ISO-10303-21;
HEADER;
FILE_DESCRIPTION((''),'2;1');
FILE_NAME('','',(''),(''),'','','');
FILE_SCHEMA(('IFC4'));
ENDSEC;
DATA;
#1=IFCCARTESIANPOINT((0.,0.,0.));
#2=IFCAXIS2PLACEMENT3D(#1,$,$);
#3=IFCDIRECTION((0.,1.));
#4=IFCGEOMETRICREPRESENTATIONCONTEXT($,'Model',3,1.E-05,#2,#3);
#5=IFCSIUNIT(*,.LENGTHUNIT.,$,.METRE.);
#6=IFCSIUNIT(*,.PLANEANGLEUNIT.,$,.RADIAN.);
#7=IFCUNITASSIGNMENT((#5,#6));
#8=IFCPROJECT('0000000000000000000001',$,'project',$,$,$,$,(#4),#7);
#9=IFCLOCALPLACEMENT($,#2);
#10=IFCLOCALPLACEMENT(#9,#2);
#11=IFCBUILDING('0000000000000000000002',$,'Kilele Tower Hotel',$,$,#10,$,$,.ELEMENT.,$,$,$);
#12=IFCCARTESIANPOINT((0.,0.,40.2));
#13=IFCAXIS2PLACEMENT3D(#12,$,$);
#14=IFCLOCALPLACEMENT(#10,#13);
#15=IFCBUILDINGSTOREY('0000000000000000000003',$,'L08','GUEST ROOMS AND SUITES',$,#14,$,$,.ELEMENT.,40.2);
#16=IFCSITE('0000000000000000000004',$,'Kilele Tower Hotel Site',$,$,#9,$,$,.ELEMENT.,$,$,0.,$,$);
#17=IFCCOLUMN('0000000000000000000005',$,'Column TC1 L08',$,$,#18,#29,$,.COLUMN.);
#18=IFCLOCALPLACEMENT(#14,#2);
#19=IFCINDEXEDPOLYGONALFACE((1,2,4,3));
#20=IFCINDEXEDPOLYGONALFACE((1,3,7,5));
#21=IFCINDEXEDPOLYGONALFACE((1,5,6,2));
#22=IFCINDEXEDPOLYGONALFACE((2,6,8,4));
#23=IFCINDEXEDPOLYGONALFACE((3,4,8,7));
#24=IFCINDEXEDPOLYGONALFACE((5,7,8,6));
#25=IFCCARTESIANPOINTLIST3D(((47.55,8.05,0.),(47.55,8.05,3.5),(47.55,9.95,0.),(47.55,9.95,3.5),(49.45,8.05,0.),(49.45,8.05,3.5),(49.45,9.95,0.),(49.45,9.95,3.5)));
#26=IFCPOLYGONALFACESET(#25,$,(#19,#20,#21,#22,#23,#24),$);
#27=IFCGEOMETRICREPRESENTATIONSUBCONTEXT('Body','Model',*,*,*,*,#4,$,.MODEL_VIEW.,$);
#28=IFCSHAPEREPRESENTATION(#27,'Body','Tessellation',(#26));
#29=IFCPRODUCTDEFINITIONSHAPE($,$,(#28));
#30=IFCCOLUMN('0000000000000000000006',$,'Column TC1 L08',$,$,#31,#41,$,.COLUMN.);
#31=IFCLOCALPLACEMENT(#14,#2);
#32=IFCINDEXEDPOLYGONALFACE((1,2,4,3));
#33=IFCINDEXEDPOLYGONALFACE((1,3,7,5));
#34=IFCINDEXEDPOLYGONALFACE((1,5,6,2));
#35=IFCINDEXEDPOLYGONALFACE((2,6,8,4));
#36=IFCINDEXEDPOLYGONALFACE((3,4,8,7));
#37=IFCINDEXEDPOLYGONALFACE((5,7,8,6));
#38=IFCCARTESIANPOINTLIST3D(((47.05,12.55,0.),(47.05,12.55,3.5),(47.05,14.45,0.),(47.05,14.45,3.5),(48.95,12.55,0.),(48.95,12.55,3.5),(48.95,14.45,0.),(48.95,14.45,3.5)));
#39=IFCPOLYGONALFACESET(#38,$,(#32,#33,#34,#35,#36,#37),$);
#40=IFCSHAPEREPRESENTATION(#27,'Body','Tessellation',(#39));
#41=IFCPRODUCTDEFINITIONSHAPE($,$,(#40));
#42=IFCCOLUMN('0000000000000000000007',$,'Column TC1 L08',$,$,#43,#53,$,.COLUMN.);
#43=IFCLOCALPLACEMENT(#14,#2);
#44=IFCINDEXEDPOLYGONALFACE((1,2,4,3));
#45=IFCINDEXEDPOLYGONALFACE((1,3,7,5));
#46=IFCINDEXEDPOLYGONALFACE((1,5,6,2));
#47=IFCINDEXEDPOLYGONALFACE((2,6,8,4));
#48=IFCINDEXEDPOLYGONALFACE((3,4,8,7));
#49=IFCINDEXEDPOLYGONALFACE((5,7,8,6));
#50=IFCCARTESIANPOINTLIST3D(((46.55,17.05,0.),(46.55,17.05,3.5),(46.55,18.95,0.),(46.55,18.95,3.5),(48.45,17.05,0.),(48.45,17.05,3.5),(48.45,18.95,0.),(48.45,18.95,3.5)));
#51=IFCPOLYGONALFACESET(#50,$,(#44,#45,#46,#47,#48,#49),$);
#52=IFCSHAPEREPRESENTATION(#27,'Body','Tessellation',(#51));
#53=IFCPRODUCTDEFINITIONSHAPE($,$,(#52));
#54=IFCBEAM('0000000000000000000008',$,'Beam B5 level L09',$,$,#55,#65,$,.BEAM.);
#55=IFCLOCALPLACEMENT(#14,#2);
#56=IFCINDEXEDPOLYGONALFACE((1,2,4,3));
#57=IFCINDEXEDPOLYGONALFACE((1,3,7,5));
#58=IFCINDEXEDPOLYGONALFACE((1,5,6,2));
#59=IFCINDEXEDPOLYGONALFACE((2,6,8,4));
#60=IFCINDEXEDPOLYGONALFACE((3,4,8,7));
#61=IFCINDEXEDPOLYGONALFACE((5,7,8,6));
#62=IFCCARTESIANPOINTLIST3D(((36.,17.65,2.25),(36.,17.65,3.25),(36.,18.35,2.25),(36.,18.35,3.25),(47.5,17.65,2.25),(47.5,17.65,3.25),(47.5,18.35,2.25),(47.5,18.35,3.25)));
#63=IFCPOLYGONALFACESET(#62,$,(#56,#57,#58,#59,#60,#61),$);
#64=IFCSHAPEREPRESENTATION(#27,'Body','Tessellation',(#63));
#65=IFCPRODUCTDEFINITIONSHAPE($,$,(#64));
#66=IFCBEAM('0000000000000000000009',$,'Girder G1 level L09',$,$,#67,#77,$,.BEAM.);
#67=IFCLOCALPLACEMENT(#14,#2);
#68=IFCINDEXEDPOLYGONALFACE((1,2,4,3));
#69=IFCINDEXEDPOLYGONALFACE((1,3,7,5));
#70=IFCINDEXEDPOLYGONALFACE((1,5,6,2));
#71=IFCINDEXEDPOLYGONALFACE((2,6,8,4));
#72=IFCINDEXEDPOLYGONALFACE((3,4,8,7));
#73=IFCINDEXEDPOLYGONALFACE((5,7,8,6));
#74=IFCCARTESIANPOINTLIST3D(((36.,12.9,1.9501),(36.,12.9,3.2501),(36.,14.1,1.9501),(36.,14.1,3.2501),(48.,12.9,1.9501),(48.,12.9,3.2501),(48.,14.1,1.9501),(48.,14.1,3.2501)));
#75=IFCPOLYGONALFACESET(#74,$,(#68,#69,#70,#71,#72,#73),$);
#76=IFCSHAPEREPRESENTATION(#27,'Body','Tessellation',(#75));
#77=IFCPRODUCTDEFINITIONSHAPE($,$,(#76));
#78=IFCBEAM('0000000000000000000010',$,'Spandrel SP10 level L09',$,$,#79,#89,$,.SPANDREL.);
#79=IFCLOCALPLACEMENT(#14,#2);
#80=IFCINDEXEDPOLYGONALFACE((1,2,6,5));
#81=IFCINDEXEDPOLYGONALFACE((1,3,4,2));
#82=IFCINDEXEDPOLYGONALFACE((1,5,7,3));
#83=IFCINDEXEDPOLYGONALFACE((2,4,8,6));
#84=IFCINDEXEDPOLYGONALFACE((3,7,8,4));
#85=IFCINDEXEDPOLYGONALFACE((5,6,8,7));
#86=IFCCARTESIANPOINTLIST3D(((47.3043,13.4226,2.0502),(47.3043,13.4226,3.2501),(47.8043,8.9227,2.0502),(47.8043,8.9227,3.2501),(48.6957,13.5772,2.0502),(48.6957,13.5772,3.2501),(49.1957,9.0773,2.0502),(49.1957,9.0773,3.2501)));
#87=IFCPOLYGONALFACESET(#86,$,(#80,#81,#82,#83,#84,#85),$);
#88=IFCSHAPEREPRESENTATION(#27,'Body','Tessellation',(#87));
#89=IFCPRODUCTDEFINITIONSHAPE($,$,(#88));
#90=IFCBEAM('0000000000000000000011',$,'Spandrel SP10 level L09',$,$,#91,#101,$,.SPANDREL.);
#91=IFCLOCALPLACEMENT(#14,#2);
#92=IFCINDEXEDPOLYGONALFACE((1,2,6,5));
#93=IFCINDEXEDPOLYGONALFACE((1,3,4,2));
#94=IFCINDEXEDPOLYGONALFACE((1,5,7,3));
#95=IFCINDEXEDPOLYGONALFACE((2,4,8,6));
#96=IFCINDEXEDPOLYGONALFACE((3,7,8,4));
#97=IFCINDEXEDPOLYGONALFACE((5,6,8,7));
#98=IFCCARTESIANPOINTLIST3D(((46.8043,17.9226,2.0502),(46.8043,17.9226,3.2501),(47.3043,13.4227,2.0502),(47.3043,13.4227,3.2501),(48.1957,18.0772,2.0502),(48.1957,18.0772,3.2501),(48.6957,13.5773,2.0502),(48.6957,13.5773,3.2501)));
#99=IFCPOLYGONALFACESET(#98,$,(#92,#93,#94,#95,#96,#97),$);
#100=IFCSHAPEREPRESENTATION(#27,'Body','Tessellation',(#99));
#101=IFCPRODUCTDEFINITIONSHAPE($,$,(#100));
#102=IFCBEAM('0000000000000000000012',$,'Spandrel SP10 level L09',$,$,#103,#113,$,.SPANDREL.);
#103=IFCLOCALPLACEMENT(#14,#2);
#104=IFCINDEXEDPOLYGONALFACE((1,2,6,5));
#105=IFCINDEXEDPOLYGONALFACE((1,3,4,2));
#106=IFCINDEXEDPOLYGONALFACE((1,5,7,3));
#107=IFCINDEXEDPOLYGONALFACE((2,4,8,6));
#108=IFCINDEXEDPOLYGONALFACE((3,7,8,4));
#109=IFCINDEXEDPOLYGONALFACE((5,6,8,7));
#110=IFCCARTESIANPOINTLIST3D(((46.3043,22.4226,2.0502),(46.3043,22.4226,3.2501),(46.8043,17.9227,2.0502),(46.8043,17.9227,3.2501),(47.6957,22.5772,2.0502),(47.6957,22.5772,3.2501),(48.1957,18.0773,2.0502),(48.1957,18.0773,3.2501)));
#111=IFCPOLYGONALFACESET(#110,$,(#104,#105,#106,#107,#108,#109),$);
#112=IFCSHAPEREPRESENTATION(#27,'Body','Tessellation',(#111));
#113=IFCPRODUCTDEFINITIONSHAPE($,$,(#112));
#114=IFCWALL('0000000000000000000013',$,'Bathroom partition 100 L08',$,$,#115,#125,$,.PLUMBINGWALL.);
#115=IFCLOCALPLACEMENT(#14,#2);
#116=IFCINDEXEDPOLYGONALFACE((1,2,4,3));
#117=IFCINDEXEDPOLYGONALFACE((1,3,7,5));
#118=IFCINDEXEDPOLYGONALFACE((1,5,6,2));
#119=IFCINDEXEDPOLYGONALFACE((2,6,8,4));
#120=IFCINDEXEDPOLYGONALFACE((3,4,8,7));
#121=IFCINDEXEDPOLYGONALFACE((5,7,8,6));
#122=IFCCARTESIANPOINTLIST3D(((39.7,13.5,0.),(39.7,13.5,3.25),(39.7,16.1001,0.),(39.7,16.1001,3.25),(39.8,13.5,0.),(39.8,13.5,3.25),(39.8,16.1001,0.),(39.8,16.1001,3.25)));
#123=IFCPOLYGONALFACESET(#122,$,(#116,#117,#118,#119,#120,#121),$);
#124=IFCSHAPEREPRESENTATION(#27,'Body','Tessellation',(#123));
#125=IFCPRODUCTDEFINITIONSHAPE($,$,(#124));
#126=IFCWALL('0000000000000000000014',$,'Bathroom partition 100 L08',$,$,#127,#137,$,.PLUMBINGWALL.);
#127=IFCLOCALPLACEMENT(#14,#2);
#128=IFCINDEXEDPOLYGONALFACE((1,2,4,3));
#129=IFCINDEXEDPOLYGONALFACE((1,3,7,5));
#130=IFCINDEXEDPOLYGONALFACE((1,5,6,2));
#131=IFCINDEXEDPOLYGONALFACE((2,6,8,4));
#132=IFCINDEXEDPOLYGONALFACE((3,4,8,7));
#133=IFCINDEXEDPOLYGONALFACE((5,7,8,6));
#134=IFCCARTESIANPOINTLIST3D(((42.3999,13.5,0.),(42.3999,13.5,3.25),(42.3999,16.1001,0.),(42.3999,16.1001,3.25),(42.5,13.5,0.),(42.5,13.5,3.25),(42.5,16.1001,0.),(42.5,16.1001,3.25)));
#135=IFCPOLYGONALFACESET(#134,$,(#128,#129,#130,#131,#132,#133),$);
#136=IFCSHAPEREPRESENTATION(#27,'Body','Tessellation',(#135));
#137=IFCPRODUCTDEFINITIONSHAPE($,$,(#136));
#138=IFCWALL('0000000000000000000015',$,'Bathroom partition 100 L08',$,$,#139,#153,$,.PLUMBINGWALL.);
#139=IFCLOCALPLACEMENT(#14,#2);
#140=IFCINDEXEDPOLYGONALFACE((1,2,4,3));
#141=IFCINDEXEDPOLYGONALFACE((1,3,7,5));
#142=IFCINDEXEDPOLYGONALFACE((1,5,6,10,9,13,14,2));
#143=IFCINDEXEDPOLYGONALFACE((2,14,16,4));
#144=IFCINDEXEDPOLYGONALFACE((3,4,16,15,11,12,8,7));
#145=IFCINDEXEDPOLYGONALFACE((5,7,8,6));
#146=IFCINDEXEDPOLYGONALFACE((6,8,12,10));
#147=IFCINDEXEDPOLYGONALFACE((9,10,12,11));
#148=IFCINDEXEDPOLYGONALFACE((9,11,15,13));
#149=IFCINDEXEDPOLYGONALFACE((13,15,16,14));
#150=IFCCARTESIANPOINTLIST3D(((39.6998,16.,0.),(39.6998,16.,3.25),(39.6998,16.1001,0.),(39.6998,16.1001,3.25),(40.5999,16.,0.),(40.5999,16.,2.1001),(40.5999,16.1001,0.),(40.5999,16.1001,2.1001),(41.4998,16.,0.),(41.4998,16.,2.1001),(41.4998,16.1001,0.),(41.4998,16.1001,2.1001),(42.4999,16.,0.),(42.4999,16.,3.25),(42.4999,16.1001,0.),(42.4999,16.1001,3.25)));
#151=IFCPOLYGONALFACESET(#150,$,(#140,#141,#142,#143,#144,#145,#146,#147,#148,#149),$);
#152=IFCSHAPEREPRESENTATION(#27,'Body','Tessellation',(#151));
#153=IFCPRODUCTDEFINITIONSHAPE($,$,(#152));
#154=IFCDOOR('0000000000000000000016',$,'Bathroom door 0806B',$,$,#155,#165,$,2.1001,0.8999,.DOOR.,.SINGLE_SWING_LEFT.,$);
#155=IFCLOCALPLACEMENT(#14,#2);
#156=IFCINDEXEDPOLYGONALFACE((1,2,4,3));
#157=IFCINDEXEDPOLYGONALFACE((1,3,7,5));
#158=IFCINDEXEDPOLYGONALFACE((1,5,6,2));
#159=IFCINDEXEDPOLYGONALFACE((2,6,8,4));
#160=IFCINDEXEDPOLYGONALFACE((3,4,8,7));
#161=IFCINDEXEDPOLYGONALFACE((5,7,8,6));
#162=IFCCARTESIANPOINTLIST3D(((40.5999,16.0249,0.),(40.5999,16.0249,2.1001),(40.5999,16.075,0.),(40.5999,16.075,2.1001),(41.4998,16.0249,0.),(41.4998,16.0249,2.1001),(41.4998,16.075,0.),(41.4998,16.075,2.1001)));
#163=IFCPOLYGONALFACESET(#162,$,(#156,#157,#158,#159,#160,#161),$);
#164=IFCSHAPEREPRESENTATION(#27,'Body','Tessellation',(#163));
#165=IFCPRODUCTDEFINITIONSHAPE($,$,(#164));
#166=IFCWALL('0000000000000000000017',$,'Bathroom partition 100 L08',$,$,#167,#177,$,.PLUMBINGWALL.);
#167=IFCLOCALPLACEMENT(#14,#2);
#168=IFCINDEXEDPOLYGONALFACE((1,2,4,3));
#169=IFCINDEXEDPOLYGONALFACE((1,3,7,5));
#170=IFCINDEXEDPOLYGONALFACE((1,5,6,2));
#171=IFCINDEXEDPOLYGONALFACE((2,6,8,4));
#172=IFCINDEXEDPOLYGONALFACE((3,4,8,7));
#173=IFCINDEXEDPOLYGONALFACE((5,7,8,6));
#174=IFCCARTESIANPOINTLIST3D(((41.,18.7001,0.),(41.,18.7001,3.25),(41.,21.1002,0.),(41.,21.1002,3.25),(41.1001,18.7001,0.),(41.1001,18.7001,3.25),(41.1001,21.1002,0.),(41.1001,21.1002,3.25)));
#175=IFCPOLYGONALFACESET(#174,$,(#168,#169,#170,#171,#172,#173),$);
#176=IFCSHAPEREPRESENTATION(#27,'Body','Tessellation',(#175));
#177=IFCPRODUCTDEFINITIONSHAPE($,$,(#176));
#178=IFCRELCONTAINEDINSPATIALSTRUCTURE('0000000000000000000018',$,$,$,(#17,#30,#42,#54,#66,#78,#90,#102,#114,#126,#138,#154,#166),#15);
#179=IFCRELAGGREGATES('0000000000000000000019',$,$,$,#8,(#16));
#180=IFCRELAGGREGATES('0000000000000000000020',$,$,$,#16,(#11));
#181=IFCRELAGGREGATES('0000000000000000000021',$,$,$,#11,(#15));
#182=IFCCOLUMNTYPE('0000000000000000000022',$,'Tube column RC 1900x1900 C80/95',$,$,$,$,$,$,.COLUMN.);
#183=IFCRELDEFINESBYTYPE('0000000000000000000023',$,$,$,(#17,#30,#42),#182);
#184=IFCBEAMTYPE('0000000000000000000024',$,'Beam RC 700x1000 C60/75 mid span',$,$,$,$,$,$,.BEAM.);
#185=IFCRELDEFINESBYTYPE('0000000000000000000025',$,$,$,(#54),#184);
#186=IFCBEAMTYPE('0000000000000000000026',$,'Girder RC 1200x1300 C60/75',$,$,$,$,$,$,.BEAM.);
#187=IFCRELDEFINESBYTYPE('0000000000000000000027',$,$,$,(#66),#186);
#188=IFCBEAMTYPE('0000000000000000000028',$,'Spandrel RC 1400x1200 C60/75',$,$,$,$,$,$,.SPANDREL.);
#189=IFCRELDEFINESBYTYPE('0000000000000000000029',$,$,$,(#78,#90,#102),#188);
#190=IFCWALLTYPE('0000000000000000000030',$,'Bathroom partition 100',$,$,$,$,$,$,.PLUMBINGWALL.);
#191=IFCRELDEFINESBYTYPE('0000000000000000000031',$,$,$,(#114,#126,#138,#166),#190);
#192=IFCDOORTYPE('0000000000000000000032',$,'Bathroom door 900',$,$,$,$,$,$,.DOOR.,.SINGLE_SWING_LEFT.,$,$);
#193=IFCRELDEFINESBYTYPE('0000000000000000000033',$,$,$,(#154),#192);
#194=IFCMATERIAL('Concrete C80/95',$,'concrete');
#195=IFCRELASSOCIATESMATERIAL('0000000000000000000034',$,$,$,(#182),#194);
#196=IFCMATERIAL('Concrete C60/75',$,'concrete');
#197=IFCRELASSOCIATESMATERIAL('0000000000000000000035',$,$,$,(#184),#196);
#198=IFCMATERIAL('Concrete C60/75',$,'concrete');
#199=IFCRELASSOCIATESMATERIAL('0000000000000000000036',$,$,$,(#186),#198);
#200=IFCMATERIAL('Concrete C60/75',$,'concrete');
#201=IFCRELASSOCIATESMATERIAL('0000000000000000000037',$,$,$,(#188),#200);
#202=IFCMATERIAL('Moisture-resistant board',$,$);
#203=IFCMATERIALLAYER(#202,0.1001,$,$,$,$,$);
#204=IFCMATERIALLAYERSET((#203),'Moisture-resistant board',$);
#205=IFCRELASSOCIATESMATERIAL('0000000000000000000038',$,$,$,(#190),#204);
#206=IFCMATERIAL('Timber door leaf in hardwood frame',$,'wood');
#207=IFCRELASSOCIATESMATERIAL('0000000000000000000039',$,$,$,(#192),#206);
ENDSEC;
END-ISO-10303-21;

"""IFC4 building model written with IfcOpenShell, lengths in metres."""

from ifc_helpers import new_model, si_unit, direction, frame, frame_2d, origin, origin_2d, place, context, subcontext, project, spatial, rectangle, extrude, material, layer, layer_set, material_profile, profile_set, type_object, element, fill, save


model = new_model("IFC4")

# Units and contexts
model_context = context("Model", 3, precision=1e-05, world=origin(), true_north=direction((0.0, 1.0)))
body_context = subcontext(model_context, "Body", "Model", "MODEL_VIEW")
ifc_project = project(units=[si_unit("LENGTHUNIT", "METRE"), si_unit("PLANEANGLEUNIT", "RADIAN")], contexts=[model_context])

# Site, building, storey
site_placement = place(None, origin())
site = spatial("IfcSite", under=ifc_project, at=site_placement, Name="Kilele Tower Hotel Site", CompositionType="ELEMENT", RefElevation=0.0)
building_placement = place(site_placement, origin())
building = spatial("IfcBuilding", under=site, at=building_placement, Name="Kilele Tower Hotel", CompositionType="ELEMENT")
storey_placement = place(building_placement, frame((0.0, 0.0, 40.2)))
storey = spatial("IfcBuildingStorey", under=building, at=storey_placement, Name="L08", Description="GUEST ROOMS AND SUITES", CompositionType="ELEMENT", Elevation=40.2)

# Columns
ifc_material_1 = material(Name="Concrete C80/95", Category="concrete")
ifc_material_profile_1 = material_profile(ifc_material_1, rectangle(XDim=1.8999, YDim=1.8999, at=origin_2d()))
ifc_profile_set_1 = profile_set([ifc_material_profile_1], Name="Concrete C80/95")
column_type = type_object("IfcColumnType", Name="Tube column RC 1900x1900 C80/95", PredefinedType="COLUMN", material=ifc_profile_set_1)
for number, where, z_axis, x_axis, name in (
    (1, (48.5, 9.0, 0.0), (0.0, 0.0, 1.0), (1.0, 0.0, 0.0), "Column TC1 L08"),
    (2, (48.0, 13.5, 0.0), (0.0, 0.0, 1.0), (1.0, 0.0, 0.0), "Column TC1 L08"),
    (3, (47.5, 18.0, 0.0), (0.0, 0.0, 1.0), (1.0, 0.0, 0.0), "Column TC1 L08"),
):
    element("IfcColumn", number, at=place(storey_placement, frame(where, z_axis=z_axis, x_axis=x_axis)), inside=storey, type_object=column_type, Name=name, PredefinedType="COLUMN", context=body_context, shape_type="SweptSolid", body=[
        extrude(rectangle(XDim=1.8999, YDim=1.8999, at=origin_2d()), origin(), (0.0, 0.0, 1.0), 3.5),
    ])

# Beams
ifc_material_2 = material(Name="Concrete C60/75", Category="concrete")
ifc_material_profile_2 = material_profile(ifc_material_2, rectangle(XDim=0.7, YDim=1.0, at=origin_2d()))
ifc_profile_set_2 = profile_set([ifc_material_profile_2], Name="Concrete C60/75")
beam_type_1 = type_object("IfcBeamType", Name="Beam RC 700x1000 C60/75 mid span", PredefinedType="BEAM", material=ifc_profile_set_2)
beam_1_placement = place(storey_placement, frame((47.5, 18.0, 2.75), z_axis=(-1.0, 0.0, 0.0), x_axis=(0.0, -1.0, 0.0)))
element("IfcBeam", 4, at=beam_1_placement, inside=storey, type_object=beam_type_1, Name="Beam B5 level L09", PredefinedType="BEAM", context=body_context, shape_type="SweptSolid", body=[
    extrude(rectangle(XDim=0.7, YDim=1.0, at=origin_2d()), origin(), (0.0, 0.0, 1.0), 11.5),
])
ifc_material_3 = material(Name="Concrete C60/75", Category="concrete")
ifc_material_profile_3 = material_profile(ifc_material_3, rectangle(XDim=1.2, YDim=1.3, at=origin_2d()))
ifc_profile_set_3 = profile_set([ifc_material_profile_3], Name="Concrete C60/75")
beam_type_2 = type_object("IfcBeamType", Name="Girder RC 1200x1300 C60/75", PredefinedType="BEAM", material=ifc_profile_set_3)
beam_2_placement = place(storey_placement, frame((48.0, 13.5, 2.6001), z_axis=(-1.0, 0.0, 0.0), x_axis=(0.0, -1.0, 0.0)))
element("IfcBeam", 5, at=beam_2_placement, inside=storey, type_object=beam_type_2, Name="Girder G1 level L09", PredefinedType="BEAM", context=body_context, shape_type="SweptSolid", body=[
    extrude(rectangle(XDim=1.2, YDim=1.3, at=origin_2d()), origin(), (0.0, 0.0, 1.0), 12.0),
])
ifc_material_4 = material(Name="Concrete C60/75", Category="concrete")
ifc_material_profile_4 = material_profile(ifc_material_4, rectangle(XDim=1.3999, YDim=1.2, at=origin_2d()))
ifc_profile_set_4 = profile_set([ifc_material_profile_4], Name="Concrete C60/75")
beam_type_3 = type_object("IfcBeamType", Name="Spandrel RC 1400x1200 C60/75", PredefinedType="SPANDREL", material=ifc_profile_set_4)
for number, where, z_axis, x_axis, name in (
    (6, (48.5, 9.0, 2.6501), (-0.110432, 0.993884, 0.0), (-0.993884, -0.110432, 0.0), "Spandrel SP10 level L09"),
    (7, (48.0, 13.5, 2.6501), (-0.110432, 0.993884, 0.0), (-0.993884, -0.110432, 0.0), "Spandrel SP10 level L09"),
    (8, (47.5, 18.0, 2.6501), (-0.110432, 0.993884, 0.0), (-0.993884, -0.110432, 0.0), "Spandrel SP10 level L09"),
):
    element("IfcBeam", number, at=place(storey_placement, frame(where, z_axis=z_axis, x_axis=x_axis)), inside=storey, type_object=beam_type_3, Name=name, PredefinedType="SPANDREL", context=body_context, shape_type="SweptSolid", body=[
        extrude(rectangle(XDim=1.3999, YDim=1.2, at=origin_2d()), origin(), (0.0, 0.0, 1.0), 4.5276),
    ])

# Walls
ifc_material_5 = material(Name="Moisture-resistant board")
ifc_layer_1 = layer(ifc_material_5, 0.1001)
ifc_layer_set_1 = layer_set([ifc_layer_1], Name="Moisture-resistant board")
wall_type_1 = type_object("IfcWallType", Name="Bathroom partition 100", PredefinedType="PLUMBINGWALL", material=ifc_layer_set_1)
for number, where, z_axis, x_axis, name in (
    (9, (39.75, 13.5, 0.0), (0.0, 0.0, 1.0), (0.0, 1.0, 0.0), "Bathroom partition 100 L08"),
    (10, (42.45, 13.5, 0.0), (0.0, 0.0, 1.0), (0.0, 1.0, 0.0), "Bathroom partition 100 L08"),
):
    element("IfcWall", number, at=place(storey_placement, frame(where, z_axis=z_axis, x_axis=x_axis)), inside=storey, type_object=wall_type_1, Name=name, PredefinedType="PLUMBINGWALL", context=body_context, shape_type="SweptSolid", body=[
        extrude(rectangle(XDim=2.6001, YDim=0.1001, at=frame_2d((1.3, 0.0))), origin(), (0.0, 0.0, 1.0), 3.25),
    ])

# Wall, opening, door
wall_1_placement = place(storey_placement, frame((39.7, 16.05, 0.0), z_axis=(0.0, 0.0, 1.0), x_axis=(1.0, 0.0, 0.0)))
wall_1 = element("IfcWall", 11, at=wall_1_placement, inside=storey, type_object=wall_type_1, Name="Bathroom partition 100 L08", PredefinedType="PLUMBINGWALL", context=body_context, shape_type="SweptSolid", body=[
    extrude(rectangle(XDim=2.8, YDim=0.1001, at=frame_2d((1.3999, 0.0))), origin(), (0.0, 0.0, 1.0), 3.25),
])
opening_1_placement = place(wall_1_placement, frame((0.8999, 0.0, 0.0)))
opening_1 = element("IfcOpeningElement", 12, at=opening_1_placement, cuts=wall_1, PredefinedType="OPENING", context=body_context, shape_type="SweptSolid", body=[
    extrude(rectangle(XDim=0.8999, YDim=2.1001, at=frame_2d((0.45, 1.05))), frame((0.0, 0.0601, 0.0), z_axis=(0.0, -1.0, 0.0), x_axis=(1.0, 0.0, 0.0)), (0.0, 0.0, 1.0), 0.1201),
])
ifc_material_6 = material(Name="Timber door leaf in hardwood frame", Category="wood")
door_type_1 = type_object("IfcDoorType", Name="Bathroom door 900", OperationType="SINGLE_SWING_LEFT", PredefinedType="DOOR", material=ifc_material_6)
door_1_placement = place(opening_1_placement, origin())
door_1 = element("IfcDoor", 13, at=door_1_placement, inside=storey, type_object=door_type_1, Name="Bathroom door 0806B", OperationType="SINGLE_SWING_LEFT", OverallHeight=2.1001, OverallWidth=0.8999, PredefinedType="DOOR", context=body_context, shape_type="SweptSolid", body=[
    extrude(rectangle(XDim=0.8999, YDim=2.1001, at=frame_2d((0.45, 1.05))), frame((0.0, 0.0249, 0.0), z_axis=(0.0, -1.0, 0.0), x_axis=(1.0, 0.0, 0.0)), (0.0, 0.0, 1.0), 0.05),
])
fill(opening_1, door_1)

# Wall
wall_2_placement = place(storey_placement, frame((41.05, 18.7, 0.0), z_axis=(0.0, 0.0, 1.0), x_axis=(0.0, 1.0, 0.0)))
element("IfcWall", 14, at=wall_2_placement, inside=storey, type_object=wall_type_1, Name="Bathroom partition 100 L08", PredefinedType="PLUMBINGWALL", context=body_context, shape_type="SweptSolid", body=[
    extrude(rectangle(XDim=2.4001, YDim=0.1001, at=frame_2d((1.2002, 0.0))), origin(), (0.0, 0.0, 1.0), 3.25),
])

save(model, "model.ifc")
